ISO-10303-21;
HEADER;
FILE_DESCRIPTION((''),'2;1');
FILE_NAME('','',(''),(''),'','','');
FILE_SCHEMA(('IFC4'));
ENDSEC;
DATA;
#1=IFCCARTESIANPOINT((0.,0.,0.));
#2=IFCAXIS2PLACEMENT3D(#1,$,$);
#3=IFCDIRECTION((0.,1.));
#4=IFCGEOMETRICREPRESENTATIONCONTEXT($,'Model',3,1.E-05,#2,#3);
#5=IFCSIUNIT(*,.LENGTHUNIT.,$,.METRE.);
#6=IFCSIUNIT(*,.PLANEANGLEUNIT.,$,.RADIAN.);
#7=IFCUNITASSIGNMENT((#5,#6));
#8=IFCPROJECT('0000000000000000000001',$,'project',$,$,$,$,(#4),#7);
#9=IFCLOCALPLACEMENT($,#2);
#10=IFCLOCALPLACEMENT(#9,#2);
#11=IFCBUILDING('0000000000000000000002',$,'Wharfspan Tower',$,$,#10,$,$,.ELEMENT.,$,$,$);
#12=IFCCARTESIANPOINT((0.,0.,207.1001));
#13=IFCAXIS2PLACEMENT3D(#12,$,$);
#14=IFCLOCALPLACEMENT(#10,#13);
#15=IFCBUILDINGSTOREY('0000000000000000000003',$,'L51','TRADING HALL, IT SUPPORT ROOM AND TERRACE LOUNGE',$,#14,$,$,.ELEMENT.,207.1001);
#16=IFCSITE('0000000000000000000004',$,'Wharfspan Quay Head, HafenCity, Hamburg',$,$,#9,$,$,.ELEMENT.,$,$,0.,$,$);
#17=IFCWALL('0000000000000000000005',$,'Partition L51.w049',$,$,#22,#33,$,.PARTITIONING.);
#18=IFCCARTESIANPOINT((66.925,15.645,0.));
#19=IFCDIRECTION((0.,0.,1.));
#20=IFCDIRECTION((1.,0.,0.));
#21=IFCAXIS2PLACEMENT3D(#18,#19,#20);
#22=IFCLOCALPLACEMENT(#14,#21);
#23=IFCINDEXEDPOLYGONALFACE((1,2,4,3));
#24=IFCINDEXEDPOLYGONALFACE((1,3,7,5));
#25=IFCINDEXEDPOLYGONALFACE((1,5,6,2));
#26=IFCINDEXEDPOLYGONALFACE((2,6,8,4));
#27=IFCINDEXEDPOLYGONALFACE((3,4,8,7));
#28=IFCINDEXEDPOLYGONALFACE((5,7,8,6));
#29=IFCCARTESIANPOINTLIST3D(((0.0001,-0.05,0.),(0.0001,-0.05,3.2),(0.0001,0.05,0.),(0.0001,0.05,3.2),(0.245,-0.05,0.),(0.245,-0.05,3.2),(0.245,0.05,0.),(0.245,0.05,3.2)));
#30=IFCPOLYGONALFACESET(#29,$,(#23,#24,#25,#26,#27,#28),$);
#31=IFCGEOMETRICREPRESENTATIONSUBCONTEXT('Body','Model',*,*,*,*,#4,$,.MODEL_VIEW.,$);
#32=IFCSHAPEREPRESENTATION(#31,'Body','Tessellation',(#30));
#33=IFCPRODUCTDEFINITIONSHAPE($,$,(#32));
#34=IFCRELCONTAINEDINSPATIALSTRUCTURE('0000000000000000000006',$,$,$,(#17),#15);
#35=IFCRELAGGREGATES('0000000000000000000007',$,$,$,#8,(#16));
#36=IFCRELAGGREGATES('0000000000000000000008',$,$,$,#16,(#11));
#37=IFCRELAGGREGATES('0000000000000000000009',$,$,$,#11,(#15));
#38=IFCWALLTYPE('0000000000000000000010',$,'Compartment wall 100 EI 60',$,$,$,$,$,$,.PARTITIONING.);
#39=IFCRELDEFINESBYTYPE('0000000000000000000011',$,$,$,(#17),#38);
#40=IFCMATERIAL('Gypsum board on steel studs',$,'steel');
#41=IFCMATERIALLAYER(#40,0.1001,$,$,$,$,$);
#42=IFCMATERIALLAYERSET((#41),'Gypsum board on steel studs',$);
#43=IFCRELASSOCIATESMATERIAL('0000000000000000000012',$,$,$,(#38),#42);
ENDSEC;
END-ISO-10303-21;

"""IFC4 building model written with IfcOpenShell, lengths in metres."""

from ifc_helpers import new_model, si_unit, direction, frame, frame_2d, origin, place, context, subcontext, project, spatial, rectangle, extrude, material, layer, layer_set, type_object, element, save


model = new_model("IFC4")

# Units and contexts
model_context = context("Model", 3, precision=1e-05, world=origin(), true_north=direction((0.0, 1.0)))
body_context = subcontext(model_context, "Body", "Model", "MODEL_VIEW")
ifc_project = project(units=[si_unit("LENGTHUNIT", "METRE"), si_unit("PLANEANGLEUNIT", "RADIAN")], contexts=[model_context])

# Site, building, storey
site_placement = place(None, origin())
site = spatial("IfcSite", under=ifc_project, at=site_placement, Name="Wharfspan Quay Head, HafenCity, Hamburg", CompositionType="ELEMENT", RefElevation=0.0)
building_placement = place(site_placement, origin())
building = spatial("IfcBuilding", under=site, at=building_placement, Name="Wharfspan Tower", CompositionType="ELEMENT")
storey_placement = place(building_placement, frame((0.0, 0.0, 207.1001)))
storey = spatial("IfcBuildingStorey", under=building, at=storey_placement, Name="L51", Description="TRADING HALL, IT SUPPORT ROOM AND TERRACE LOUNGE", CompositionType="ELEMENT", Elevation=207.1001)

# Wall
ifc_material_1 = material(Name="Gypsum board on steel studs", Category="steel")
ifc_layer_1 = layer(ifc_material_1, 0.1001)
ifc_layer_set_1 = layer_set([ifc_layer_1], Name="Gypsum board on steel studs")
wall_type_1 = type_object("IfcWallType", Name="Compartment wall 100 EI 60", PredefinedType="PARTITIONING", material=ifc_layer_set_1)
wall_1_placement = place(storey_placement, frame((66.925, 15.645, 0.0), z_axis=(0.0, 0.0, 1.0), x_axis=(1.0, 0.0, 0.0)))
element("IfcWall", 1, at=wall_1_placement, inside=storey, type_object=wall_type_1, Name="Partition L51.w049", PredefinedType="PARTITIONING", context=body_context, shape_type="SweptSolid", body=[
    extrude(rectangle(XDim=0.2449, YDim=0.1001, at=frame_2d((0.1226, 0.0))), origin(), (0.0, 0.0, 1.0), 3.2),
])

save(model, "model.ifc")
